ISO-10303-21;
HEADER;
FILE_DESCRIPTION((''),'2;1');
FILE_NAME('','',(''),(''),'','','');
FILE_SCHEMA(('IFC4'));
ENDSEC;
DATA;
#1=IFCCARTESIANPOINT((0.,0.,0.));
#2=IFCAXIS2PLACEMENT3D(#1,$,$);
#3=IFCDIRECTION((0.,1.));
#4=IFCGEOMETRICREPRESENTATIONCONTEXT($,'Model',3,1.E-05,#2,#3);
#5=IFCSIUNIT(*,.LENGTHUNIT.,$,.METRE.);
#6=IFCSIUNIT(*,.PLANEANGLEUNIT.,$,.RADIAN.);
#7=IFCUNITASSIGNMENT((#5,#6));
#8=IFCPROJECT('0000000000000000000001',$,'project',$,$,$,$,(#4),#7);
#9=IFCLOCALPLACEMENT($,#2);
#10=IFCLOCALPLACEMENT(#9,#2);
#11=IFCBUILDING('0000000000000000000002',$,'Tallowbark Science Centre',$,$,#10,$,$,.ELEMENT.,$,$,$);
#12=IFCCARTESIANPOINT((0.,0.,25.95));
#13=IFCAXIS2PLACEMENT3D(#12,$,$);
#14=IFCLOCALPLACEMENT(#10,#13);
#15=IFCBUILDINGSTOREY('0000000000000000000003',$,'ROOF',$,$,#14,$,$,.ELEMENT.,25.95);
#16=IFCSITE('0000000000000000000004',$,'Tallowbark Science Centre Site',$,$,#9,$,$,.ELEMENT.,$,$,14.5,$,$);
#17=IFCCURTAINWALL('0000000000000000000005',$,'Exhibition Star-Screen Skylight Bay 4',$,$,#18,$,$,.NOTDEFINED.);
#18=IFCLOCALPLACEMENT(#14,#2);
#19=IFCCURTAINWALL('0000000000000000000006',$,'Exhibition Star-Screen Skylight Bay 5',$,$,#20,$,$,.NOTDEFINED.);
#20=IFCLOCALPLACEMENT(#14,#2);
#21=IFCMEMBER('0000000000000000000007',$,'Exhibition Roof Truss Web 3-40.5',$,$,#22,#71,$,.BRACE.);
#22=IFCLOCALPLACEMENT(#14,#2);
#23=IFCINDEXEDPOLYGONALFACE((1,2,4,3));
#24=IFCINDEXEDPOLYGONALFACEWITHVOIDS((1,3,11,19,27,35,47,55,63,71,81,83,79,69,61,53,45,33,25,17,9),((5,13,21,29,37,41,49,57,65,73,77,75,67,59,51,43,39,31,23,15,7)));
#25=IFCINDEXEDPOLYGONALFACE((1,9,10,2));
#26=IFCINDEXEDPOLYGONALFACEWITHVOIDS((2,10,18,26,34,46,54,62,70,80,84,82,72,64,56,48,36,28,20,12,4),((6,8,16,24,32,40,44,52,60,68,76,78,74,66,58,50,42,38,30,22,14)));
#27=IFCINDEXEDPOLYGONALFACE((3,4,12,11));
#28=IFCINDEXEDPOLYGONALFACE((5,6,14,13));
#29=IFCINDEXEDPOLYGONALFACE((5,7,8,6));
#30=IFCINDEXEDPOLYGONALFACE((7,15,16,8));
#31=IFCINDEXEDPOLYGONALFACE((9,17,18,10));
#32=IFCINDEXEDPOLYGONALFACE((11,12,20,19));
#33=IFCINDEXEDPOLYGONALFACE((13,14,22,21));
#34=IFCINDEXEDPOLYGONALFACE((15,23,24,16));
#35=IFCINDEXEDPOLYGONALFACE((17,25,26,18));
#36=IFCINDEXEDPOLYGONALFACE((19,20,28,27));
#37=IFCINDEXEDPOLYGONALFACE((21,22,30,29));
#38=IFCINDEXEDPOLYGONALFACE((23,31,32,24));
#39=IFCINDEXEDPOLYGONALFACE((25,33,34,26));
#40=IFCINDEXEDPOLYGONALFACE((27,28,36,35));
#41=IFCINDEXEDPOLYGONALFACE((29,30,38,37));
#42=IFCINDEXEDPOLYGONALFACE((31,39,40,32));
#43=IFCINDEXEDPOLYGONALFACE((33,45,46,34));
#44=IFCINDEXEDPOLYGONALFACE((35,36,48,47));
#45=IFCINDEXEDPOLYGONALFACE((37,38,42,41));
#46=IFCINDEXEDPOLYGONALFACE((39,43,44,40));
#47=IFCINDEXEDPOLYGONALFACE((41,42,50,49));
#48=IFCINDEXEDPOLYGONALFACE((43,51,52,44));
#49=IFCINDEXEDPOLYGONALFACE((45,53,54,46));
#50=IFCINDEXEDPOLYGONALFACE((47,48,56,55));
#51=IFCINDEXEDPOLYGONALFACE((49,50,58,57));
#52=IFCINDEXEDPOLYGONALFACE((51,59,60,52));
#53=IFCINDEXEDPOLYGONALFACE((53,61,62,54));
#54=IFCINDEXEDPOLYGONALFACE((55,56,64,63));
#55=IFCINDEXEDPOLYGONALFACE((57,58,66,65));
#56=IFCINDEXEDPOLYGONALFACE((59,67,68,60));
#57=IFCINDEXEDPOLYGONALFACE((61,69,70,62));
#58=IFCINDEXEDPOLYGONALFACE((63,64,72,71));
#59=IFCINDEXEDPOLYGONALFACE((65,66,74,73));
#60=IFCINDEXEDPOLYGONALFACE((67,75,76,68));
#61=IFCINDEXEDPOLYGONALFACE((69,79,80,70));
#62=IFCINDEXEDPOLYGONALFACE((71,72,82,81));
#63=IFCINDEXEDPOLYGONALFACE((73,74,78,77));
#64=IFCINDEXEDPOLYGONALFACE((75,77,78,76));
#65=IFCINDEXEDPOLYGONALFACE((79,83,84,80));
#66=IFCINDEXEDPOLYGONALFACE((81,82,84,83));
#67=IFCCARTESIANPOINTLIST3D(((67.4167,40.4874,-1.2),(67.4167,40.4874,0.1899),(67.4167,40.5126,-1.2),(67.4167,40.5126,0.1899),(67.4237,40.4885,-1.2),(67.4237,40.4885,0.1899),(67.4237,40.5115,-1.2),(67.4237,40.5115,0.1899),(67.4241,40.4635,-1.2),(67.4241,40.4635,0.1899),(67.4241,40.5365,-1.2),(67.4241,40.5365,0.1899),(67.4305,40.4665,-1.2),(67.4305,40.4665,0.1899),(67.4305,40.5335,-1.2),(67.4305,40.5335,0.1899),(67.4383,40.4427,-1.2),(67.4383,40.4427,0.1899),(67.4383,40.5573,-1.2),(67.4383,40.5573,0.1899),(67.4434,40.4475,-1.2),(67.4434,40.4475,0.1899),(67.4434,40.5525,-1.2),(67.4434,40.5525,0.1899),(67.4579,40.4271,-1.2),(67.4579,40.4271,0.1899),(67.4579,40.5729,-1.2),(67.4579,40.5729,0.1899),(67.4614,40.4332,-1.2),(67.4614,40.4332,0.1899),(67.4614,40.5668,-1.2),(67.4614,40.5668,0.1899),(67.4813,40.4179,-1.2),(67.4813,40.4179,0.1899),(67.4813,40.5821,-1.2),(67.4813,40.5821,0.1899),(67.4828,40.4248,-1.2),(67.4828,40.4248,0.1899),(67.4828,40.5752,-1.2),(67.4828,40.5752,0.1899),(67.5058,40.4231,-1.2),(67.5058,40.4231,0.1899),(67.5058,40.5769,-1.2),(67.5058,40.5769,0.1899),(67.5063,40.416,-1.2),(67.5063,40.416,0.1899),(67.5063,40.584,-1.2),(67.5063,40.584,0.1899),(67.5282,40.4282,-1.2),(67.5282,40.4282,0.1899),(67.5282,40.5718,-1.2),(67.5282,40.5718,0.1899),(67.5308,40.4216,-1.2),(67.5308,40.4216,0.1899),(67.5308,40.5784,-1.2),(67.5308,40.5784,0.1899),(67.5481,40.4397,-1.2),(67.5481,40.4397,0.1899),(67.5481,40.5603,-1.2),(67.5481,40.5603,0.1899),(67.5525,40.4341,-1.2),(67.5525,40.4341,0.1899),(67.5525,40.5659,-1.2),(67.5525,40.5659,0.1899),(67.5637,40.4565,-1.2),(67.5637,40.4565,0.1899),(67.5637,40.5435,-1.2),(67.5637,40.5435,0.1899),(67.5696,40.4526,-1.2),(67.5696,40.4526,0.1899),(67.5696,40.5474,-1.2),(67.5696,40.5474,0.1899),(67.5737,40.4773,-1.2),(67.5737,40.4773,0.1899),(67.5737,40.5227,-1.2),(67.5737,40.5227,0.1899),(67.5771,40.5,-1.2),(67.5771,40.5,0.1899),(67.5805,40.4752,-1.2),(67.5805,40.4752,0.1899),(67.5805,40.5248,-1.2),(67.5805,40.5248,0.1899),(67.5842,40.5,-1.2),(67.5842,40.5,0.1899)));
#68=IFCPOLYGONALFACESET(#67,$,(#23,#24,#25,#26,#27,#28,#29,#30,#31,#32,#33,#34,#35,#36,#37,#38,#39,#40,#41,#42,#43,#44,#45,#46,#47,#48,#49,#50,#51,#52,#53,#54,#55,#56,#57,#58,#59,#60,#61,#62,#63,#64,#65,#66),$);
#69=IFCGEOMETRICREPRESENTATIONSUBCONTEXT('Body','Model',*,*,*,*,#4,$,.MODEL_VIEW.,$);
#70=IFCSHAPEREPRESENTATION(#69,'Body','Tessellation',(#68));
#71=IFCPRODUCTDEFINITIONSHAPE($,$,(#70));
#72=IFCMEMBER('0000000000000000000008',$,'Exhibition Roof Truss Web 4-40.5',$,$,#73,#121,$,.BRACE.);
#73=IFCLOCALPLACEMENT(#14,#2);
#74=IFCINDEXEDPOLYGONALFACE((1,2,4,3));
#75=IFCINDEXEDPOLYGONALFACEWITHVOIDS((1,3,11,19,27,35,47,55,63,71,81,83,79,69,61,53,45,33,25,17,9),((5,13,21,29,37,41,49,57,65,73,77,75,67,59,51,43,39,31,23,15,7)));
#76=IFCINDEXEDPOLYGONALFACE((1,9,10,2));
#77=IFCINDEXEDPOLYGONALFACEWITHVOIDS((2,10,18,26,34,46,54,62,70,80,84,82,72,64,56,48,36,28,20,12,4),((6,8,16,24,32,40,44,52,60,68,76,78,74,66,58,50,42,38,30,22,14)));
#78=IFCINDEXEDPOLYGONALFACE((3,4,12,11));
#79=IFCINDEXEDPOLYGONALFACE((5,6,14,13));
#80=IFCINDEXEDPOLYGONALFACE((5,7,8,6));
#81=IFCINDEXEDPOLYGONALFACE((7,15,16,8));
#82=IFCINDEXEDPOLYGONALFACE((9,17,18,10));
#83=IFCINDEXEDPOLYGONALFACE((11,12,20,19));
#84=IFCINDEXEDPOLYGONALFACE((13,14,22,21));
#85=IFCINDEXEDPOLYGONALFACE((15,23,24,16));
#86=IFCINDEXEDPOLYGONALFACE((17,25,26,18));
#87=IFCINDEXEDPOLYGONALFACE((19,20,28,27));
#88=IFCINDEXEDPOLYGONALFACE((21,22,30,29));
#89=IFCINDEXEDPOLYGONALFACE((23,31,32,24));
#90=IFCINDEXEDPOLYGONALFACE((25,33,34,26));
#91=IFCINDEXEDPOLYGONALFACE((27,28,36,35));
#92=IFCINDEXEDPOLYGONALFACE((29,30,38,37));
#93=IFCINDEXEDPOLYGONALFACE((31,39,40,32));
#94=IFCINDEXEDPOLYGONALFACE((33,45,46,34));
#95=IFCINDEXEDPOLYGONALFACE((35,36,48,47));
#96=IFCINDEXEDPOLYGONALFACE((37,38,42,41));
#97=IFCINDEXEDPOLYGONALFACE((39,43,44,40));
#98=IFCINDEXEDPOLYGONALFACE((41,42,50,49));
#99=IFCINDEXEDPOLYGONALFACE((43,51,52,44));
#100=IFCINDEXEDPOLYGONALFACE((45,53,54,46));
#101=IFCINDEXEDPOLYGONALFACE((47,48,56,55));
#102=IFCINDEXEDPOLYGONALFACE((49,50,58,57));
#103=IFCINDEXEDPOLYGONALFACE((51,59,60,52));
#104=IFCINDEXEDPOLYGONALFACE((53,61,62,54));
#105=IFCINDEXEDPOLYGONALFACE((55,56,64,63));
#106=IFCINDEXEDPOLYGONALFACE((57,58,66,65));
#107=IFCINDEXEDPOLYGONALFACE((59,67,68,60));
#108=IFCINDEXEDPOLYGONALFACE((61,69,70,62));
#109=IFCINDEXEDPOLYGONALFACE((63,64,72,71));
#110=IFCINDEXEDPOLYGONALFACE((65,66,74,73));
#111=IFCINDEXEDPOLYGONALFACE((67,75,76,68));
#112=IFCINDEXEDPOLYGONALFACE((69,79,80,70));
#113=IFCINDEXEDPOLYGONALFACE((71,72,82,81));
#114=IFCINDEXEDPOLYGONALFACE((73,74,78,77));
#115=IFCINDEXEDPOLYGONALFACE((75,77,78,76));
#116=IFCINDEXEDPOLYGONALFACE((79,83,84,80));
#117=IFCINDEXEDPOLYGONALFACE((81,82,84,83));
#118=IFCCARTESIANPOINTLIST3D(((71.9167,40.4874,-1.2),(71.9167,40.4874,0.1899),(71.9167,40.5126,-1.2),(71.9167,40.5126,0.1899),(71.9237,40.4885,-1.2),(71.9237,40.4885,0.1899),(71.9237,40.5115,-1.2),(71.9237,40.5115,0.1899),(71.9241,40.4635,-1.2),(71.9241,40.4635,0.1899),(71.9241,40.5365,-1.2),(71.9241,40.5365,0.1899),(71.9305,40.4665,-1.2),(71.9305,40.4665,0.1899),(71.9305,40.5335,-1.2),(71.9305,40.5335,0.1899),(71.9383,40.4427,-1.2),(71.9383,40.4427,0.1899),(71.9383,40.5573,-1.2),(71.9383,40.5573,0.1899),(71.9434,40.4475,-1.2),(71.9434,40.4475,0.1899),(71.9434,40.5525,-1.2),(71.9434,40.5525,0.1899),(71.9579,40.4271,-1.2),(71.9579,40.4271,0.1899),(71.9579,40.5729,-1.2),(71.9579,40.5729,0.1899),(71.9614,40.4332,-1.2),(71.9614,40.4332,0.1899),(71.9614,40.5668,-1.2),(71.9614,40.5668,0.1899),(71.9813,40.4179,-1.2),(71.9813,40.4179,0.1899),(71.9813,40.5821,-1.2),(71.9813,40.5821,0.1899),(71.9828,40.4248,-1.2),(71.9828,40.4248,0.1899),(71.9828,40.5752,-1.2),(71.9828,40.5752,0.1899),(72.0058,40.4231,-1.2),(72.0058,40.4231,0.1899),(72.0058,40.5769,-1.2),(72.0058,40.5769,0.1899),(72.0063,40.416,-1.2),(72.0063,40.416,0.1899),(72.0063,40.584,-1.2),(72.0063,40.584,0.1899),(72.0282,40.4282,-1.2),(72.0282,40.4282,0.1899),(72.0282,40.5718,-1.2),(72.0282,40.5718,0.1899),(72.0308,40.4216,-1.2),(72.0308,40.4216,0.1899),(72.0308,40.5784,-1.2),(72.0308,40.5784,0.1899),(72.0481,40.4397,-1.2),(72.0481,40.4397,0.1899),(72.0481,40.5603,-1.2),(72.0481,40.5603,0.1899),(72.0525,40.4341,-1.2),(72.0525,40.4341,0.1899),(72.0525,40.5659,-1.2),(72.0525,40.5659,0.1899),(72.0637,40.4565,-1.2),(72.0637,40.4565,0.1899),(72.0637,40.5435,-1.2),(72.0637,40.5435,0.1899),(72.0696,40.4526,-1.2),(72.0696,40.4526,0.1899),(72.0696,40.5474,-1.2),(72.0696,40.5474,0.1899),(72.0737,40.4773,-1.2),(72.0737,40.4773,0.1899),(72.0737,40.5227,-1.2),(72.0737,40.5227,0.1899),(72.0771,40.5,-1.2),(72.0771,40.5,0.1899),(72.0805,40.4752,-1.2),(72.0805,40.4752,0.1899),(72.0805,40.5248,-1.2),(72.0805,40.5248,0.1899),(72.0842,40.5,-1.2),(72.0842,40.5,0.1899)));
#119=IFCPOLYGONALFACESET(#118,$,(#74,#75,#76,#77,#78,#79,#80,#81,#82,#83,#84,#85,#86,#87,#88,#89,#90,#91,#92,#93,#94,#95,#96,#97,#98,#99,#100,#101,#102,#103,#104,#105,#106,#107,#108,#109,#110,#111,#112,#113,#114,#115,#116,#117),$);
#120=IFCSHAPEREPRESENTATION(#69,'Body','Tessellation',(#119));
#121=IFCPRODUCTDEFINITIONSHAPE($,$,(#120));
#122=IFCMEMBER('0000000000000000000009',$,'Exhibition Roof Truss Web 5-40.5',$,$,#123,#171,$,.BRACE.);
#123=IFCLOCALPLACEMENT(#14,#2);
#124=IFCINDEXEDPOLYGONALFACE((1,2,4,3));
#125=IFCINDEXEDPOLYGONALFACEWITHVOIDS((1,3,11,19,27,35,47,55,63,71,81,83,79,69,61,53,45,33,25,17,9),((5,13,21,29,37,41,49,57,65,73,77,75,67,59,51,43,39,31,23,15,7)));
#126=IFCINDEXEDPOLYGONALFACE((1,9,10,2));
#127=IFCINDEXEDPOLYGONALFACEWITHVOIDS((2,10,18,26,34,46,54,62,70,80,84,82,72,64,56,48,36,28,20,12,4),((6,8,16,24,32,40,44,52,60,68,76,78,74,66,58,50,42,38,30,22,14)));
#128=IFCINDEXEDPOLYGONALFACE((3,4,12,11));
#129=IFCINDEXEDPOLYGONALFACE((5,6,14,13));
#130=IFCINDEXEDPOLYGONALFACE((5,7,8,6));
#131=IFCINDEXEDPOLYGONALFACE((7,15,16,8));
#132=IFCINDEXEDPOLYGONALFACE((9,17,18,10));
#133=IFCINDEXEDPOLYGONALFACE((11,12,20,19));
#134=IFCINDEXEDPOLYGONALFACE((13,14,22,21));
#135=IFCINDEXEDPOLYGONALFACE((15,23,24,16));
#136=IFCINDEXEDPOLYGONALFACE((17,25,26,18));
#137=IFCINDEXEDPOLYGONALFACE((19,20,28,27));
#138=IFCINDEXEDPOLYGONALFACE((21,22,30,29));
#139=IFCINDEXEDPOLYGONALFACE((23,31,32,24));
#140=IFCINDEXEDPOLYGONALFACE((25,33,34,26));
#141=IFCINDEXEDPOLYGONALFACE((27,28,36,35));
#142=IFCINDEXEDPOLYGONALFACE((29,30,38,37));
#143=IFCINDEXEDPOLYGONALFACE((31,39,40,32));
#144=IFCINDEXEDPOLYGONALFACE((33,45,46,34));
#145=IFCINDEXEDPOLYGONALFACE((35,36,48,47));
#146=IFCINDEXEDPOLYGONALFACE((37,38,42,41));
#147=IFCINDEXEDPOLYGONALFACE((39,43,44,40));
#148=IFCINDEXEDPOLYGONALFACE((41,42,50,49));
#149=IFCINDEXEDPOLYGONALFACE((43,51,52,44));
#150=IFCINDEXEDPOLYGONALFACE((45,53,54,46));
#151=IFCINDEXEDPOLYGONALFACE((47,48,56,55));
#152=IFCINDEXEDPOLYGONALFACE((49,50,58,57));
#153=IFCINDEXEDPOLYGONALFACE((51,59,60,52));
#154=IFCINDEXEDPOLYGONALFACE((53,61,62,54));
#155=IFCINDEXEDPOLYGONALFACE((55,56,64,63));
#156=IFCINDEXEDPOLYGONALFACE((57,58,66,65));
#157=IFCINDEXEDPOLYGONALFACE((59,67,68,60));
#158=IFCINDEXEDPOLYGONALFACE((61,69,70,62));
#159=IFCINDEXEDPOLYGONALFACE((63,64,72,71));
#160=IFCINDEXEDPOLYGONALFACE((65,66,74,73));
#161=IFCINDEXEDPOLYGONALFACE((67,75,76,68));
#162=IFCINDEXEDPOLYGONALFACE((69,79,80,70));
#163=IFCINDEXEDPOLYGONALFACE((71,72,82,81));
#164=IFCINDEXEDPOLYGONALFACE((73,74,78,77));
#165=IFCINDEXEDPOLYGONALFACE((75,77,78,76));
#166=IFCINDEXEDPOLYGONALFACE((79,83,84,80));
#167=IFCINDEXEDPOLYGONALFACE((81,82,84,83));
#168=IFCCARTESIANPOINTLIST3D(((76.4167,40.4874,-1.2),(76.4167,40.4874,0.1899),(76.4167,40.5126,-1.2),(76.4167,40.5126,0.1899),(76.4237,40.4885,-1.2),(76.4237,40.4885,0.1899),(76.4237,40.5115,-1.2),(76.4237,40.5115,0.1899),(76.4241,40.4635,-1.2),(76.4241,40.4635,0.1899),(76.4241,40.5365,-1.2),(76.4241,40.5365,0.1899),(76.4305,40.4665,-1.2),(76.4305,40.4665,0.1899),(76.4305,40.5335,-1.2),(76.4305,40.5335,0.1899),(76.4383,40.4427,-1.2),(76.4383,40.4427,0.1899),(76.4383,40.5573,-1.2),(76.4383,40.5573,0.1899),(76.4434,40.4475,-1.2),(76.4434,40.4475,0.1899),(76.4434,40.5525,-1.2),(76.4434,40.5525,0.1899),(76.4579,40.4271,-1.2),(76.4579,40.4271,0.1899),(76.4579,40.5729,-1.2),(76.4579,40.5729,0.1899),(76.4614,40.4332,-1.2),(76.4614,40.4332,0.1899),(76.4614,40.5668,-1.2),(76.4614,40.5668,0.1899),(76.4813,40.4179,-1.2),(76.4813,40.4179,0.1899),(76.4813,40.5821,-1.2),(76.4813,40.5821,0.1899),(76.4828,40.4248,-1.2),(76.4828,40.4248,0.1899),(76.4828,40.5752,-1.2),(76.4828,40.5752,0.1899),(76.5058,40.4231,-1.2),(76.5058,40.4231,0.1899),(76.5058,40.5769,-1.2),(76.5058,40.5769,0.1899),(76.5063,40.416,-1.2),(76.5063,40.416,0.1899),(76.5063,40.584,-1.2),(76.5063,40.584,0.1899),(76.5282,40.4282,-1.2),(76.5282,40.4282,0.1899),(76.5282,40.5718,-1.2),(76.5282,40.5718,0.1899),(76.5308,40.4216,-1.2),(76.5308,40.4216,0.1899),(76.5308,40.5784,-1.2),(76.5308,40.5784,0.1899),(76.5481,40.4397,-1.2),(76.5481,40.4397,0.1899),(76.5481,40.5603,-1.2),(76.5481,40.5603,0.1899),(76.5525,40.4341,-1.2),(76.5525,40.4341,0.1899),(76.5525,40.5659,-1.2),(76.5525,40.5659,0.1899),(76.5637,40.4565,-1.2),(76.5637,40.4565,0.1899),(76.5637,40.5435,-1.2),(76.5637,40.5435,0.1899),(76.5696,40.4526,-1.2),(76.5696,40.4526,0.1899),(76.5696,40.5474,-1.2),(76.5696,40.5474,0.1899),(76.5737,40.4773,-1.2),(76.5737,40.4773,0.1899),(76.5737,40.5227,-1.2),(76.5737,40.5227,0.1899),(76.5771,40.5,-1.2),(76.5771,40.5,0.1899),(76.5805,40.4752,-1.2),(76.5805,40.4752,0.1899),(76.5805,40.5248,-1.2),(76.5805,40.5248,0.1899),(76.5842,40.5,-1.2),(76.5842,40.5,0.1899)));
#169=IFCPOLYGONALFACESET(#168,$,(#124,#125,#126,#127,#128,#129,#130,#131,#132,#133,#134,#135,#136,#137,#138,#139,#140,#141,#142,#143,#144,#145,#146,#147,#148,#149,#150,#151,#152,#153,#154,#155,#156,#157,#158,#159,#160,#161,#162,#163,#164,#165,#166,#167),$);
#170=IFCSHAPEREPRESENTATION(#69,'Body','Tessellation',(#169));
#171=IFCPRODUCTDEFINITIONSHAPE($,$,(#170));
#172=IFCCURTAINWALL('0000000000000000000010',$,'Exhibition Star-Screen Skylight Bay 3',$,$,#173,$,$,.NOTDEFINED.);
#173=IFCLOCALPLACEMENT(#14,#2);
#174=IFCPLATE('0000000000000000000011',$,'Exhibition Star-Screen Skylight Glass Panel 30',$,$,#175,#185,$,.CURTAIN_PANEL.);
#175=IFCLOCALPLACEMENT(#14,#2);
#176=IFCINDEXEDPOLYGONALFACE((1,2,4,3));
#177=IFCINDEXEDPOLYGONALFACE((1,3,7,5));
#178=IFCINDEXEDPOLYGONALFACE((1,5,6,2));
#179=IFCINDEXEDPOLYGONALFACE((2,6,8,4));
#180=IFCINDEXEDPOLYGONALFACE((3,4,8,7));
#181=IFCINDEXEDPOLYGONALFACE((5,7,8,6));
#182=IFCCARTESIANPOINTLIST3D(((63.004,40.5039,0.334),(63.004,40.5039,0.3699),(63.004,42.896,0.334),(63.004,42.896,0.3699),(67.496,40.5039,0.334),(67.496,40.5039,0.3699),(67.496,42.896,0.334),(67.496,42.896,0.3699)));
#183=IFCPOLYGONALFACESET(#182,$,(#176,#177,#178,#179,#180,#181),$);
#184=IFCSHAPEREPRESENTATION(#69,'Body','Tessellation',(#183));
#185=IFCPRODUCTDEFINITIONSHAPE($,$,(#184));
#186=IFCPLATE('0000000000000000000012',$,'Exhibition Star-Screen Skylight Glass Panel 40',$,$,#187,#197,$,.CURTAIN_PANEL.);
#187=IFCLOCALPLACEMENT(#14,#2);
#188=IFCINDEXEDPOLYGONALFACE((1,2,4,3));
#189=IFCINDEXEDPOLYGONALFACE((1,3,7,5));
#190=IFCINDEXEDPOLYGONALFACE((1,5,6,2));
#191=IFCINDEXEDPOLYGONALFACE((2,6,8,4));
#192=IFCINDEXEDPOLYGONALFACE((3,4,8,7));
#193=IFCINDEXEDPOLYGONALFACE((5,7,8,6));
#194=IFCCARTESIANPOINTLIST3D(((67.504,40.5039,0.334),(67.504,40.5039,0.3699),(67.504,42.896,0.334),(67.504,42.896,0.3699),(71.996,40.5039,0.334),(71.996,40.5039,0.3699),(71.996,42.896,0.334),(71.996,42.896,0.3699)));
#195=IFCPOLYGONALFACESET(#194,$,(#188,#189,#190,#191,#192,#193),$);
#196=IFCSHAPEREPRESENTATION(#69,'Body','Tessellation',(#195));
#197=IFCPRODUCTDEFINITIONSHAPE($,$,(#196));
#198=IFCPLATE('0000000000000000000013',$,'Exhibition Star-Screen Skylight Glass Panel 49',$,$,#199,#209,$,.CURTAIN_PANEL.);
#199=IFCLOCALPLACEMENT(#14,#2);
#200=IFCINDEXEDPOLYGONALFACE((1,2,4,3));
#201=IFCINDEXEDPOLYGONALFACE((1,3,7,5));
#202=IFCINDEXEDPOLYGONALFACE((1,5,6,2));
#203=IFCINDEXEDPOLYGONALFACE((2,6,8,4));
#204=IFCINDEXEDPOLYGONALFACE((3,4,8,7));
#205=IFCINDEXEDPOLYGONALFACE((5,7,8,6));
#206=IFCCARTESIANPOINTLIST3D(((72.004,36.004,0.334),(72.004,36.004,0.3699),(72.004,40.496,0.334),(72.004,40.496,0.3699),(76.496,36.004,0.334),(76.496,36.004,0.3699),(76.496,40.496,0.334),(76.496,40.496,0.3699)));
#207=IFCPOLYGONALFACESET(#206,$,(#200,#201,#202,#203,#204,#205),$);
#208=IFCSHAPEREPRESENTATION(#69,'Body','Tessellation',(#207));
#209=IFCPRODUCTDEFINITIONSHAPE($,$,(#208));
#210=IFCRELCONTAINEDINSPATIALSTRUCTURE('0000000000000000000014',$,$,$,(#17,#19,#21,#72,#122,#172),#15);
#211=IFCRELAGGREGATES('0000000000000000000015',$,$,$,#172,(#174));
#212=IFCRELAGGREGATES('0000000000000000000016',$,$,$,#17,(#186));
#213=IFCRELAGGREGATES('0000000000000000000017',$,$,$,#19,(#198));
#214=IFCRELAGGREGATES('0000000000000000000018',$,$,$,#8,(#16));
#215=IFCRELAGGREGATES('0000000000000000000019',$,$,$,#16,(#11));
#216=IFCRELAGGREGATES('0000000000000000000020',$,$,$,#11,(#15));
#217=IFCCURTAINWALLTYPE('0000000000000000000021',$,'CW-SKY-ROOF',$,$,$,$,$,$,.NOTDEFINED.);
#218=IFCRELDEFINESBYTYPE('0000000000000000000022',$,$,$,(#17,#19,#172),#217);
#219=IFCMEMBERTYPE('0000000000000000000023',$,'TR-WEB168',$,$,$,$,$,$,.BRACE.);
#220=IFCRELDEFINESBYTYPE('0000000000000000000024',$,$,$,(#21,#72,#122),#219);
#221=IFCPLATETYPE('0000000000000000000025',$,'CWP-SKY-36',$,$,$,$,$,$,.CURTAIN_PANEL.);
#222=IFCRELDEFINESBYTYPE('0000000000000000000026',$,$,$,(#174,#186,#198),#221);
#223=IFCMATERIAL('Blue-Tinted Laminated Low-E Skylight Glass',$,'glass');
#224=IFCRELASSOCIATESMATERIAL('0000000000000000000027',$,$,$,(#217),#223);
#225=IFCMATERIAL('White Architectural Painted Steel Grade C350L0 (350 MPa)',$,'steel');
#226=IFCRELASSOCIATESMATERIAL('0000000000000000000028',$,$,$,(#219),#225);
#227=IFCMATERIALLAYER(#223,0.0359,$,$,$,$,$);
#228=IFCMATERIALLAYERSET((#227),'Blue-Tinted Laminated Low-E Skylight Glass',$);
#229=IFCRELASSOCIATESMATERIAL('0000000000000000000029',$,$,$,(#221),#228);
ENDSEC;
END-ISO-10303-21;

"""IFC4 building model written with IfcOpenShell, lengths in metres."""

from ifc_helpers import new_model, si_unit, direction, frame, origin, origin_2d, place, context, subcontext, project, spatial, rectangle, hollow_circle, extrude, material, layer, layer_set, material_profile, profile_set, type_object, element, aggregate, save


model = new_model("IFC4")

# Units and contexts
model_context = context("Model", 3, precision=1e-05, world=origin(), true_north=direction((0.0, 1.0)))
body_context = subcontext(model_context, "Body", "Model", "MODEL_VIEW")
ifc_project = project(units=[si_unit("LENGTHUNIT", "METRE"), si_unit("PLANEANGLEUNIT", "RADIAN")], contexts=[model_context])

# Site, building, storey
site_placement = place(None, origin())
site = spatial("IfcSite", under=ifc_project, at=site_placement, Name="Tallowbark Science Centre Site", CompositionType="ELEMENT", RefElevation=14.5)
building_placement = place(site_placement, origin())
building = spatial("IfcBuilding", under=site, at=building_placement, Name="Tallowbark Science Centre", CompositionType="ELEMENT")
storey_placement = place(building_placement, frame((0.0, 0.0, 25.95)))
storey = spatial("IfcBuildingStorey", under=building, at=storey_placement, Name="ROOF", CompositionType="ELEMENT", Elevation=25.95)

# Shared definitions
ifc_material_1 = material(Name="White Architectural Painted Steel Grade C350L0 (350 MPa)", Category="steel")

# Curtain walls
ifc_material_2 = material(Name="Blue-Tinted Laminated Low-E Skylight Glass", Category="glass")
curtain_wall_type = type_object("IfcCurtainWallType", Name="CW-SKY-ROOF", PredefinedType="NOTDEFINED", material=ifc_material_2)
curtain_wall_1_placement = place(storey_placement, origin())
curtain_wall_1 = element("IfcCurtainWall", 1, at=curtain_wall_1_placement, inside=storey, type_object=curtain_wall_type, Name="Exhibition Star-Screen Skylight Bay 4", PredefinedType="NOTDEFINED")
curtain_wall_2_placement = place(storey_placement, origin())
curtain_wall_2 = element("IfcCurtainWall", 2, at=curtain_wall_2_placement, inside=storey, type_object=curtain_wall_type, Name="Exhibition Star-Screen Skylight Bay 5", PredefinedType="NOTDEFINED")

# Members
ifc_material_profile_1 = material_profile(ifc_material_1, hollow_circle(Radius=0.0842, WallThickness=0.0071, at=origin_2d()), Name="168.3x7.1CHS")
ifc_profile_set_1 = profile_set([ifc_material_profile_1], Name="White Architectural Painted Steel Grade C350L0 (350 MPa)")
member_type_1 = type_object("IfcMemberType", Name="TR-WEB168", PredefinedType="BRACE", material=ifc_profile_set_1)
for number, where, z_axis, x_axis, name in (
    (3, (67.5, 40.5, -1.2), (0.0, 0.0, 1.0), (1.0, 0.0, 0.0), "Exhibition Roof Truss Web 3-40.5"),
    (4, (72.0, 40.5, -1.2), (0.0, 0.0, 1.0), (1.0, 0.0, 0.0), "Exhibition Roof Truss Web 4-40.5"),
    (5, (76.5, 40.5, -1.2), (0.0, 0.0, 1.0), (1.0, 0.0, 0.0), "Exhibition Roof Truss Web 5-40.5"),
):
    element("IfcMember", number, at=place(storey_placement, frame(where, z_axis=z_axis, x_axis=x_axis)), inside=storey, type_object=member_type_1, Name=name, PredefinedType="BRACE", context=body_context, shape_type="SweptSolid", body=[
        extrude(hollow_circle(Radius=0.0842, WallThickness=0.0071, at=origin_2d()), origin(), (0.0, 0.0, 1.0), 1.3899),
    ])

# Curtain wall, plate
curtain_wall_3_placement = place(storey_placement, origin())
curtain_wall_3 = element("IfcCurtainWall", 6, at=curtain_wall_3_placement, inside=storey, type_object=curtain_wall_type, Name="Exhibition Star-Screen Skylight Bay 3", PredefinedType="NOTDEFINED")
ifc_layer_1 = layer(ifc_material_2, 0.0359)
ifc_layer_set_1 = layer_set([ifc_layer_1], Name="Blue-Tinted Laminated Low-E Skylight Glass")
plate_type_1 = type_object("IfcPlateType", Name="CWP-SKY-36", PredefinedType="CURTAIN_PANEL", material=ifc_layer_set_1)
plate_1_placement = place(storey_placement, frame((65.25, 41.7, 0.334), z_axis=(0.0, 0.0, 1.0), x_axis=(1.0, 0.0, 0.0)))
plate_1 = element("IfcPlate", 7, at=plate_1_placement, type_object=plate_type_1, Name="Exhibition Star-Screen Skylight Glass Panel 30", PredefinedType="CURTAIN_PANEL", context=body_context, shape_type="SweptSolid", body=[
    extrude(rectangle(XDim=4.4919, YDim=2.3921, at=origin_2d()), origin(), (0.0, 0.0, 1.0), 0.0359),
])
aggregate(curtain_wall_3, [plate_1])

# Plates
plate_2_placement = place(storey_placement, frame((69.75, 41.7, 0.334), z_axis=(0.0, 0.0, 1.0), x_axis=(1.0, 0.0, 0.0)))
plate_2 = element("IfcPlate", 8, at=plate_2_placement, type_object=plate_type_1, Name="Exhibition Star-Screen Skylight Glass Panel 40", PredefinedType="CURTAIN_PANEL", context=body_context, shape_type="SweptSolid", body=[
    extrude(rectangle(XDim=4.4919, YDim=2.3921, at=origin_2d()), origin(), (0.0, 0.0, 1.0), 0.0359),
])
aggregate(curtain_wall_1, [plate_2])
plate_3_placement = place(storey_placement, frame((74.25, 38.25, 0.334), z_axis=(0.0, 0.0, 1.0), x_axis=(1.0, 0.0, 0.0)))
plate_3 = element("IfcPlate", 9, at=plate_3_placement, type_object=plate_type_1, Name="Exhibition Star-Screen Skylight Glass Panel 49", PredefinedType="CURTAIN_PANEL", context=body_context, shape_type="SweptSolid", body=[
    extrude(rectangle(XDim=4.4919, YDim=4.4919, at=origin_2d()), origin(), (0.0, 0.0, 1.0), 0.0359),
])
aggregate(curtain_wall_2, [plate_3])

save(model, "model.ifc")
